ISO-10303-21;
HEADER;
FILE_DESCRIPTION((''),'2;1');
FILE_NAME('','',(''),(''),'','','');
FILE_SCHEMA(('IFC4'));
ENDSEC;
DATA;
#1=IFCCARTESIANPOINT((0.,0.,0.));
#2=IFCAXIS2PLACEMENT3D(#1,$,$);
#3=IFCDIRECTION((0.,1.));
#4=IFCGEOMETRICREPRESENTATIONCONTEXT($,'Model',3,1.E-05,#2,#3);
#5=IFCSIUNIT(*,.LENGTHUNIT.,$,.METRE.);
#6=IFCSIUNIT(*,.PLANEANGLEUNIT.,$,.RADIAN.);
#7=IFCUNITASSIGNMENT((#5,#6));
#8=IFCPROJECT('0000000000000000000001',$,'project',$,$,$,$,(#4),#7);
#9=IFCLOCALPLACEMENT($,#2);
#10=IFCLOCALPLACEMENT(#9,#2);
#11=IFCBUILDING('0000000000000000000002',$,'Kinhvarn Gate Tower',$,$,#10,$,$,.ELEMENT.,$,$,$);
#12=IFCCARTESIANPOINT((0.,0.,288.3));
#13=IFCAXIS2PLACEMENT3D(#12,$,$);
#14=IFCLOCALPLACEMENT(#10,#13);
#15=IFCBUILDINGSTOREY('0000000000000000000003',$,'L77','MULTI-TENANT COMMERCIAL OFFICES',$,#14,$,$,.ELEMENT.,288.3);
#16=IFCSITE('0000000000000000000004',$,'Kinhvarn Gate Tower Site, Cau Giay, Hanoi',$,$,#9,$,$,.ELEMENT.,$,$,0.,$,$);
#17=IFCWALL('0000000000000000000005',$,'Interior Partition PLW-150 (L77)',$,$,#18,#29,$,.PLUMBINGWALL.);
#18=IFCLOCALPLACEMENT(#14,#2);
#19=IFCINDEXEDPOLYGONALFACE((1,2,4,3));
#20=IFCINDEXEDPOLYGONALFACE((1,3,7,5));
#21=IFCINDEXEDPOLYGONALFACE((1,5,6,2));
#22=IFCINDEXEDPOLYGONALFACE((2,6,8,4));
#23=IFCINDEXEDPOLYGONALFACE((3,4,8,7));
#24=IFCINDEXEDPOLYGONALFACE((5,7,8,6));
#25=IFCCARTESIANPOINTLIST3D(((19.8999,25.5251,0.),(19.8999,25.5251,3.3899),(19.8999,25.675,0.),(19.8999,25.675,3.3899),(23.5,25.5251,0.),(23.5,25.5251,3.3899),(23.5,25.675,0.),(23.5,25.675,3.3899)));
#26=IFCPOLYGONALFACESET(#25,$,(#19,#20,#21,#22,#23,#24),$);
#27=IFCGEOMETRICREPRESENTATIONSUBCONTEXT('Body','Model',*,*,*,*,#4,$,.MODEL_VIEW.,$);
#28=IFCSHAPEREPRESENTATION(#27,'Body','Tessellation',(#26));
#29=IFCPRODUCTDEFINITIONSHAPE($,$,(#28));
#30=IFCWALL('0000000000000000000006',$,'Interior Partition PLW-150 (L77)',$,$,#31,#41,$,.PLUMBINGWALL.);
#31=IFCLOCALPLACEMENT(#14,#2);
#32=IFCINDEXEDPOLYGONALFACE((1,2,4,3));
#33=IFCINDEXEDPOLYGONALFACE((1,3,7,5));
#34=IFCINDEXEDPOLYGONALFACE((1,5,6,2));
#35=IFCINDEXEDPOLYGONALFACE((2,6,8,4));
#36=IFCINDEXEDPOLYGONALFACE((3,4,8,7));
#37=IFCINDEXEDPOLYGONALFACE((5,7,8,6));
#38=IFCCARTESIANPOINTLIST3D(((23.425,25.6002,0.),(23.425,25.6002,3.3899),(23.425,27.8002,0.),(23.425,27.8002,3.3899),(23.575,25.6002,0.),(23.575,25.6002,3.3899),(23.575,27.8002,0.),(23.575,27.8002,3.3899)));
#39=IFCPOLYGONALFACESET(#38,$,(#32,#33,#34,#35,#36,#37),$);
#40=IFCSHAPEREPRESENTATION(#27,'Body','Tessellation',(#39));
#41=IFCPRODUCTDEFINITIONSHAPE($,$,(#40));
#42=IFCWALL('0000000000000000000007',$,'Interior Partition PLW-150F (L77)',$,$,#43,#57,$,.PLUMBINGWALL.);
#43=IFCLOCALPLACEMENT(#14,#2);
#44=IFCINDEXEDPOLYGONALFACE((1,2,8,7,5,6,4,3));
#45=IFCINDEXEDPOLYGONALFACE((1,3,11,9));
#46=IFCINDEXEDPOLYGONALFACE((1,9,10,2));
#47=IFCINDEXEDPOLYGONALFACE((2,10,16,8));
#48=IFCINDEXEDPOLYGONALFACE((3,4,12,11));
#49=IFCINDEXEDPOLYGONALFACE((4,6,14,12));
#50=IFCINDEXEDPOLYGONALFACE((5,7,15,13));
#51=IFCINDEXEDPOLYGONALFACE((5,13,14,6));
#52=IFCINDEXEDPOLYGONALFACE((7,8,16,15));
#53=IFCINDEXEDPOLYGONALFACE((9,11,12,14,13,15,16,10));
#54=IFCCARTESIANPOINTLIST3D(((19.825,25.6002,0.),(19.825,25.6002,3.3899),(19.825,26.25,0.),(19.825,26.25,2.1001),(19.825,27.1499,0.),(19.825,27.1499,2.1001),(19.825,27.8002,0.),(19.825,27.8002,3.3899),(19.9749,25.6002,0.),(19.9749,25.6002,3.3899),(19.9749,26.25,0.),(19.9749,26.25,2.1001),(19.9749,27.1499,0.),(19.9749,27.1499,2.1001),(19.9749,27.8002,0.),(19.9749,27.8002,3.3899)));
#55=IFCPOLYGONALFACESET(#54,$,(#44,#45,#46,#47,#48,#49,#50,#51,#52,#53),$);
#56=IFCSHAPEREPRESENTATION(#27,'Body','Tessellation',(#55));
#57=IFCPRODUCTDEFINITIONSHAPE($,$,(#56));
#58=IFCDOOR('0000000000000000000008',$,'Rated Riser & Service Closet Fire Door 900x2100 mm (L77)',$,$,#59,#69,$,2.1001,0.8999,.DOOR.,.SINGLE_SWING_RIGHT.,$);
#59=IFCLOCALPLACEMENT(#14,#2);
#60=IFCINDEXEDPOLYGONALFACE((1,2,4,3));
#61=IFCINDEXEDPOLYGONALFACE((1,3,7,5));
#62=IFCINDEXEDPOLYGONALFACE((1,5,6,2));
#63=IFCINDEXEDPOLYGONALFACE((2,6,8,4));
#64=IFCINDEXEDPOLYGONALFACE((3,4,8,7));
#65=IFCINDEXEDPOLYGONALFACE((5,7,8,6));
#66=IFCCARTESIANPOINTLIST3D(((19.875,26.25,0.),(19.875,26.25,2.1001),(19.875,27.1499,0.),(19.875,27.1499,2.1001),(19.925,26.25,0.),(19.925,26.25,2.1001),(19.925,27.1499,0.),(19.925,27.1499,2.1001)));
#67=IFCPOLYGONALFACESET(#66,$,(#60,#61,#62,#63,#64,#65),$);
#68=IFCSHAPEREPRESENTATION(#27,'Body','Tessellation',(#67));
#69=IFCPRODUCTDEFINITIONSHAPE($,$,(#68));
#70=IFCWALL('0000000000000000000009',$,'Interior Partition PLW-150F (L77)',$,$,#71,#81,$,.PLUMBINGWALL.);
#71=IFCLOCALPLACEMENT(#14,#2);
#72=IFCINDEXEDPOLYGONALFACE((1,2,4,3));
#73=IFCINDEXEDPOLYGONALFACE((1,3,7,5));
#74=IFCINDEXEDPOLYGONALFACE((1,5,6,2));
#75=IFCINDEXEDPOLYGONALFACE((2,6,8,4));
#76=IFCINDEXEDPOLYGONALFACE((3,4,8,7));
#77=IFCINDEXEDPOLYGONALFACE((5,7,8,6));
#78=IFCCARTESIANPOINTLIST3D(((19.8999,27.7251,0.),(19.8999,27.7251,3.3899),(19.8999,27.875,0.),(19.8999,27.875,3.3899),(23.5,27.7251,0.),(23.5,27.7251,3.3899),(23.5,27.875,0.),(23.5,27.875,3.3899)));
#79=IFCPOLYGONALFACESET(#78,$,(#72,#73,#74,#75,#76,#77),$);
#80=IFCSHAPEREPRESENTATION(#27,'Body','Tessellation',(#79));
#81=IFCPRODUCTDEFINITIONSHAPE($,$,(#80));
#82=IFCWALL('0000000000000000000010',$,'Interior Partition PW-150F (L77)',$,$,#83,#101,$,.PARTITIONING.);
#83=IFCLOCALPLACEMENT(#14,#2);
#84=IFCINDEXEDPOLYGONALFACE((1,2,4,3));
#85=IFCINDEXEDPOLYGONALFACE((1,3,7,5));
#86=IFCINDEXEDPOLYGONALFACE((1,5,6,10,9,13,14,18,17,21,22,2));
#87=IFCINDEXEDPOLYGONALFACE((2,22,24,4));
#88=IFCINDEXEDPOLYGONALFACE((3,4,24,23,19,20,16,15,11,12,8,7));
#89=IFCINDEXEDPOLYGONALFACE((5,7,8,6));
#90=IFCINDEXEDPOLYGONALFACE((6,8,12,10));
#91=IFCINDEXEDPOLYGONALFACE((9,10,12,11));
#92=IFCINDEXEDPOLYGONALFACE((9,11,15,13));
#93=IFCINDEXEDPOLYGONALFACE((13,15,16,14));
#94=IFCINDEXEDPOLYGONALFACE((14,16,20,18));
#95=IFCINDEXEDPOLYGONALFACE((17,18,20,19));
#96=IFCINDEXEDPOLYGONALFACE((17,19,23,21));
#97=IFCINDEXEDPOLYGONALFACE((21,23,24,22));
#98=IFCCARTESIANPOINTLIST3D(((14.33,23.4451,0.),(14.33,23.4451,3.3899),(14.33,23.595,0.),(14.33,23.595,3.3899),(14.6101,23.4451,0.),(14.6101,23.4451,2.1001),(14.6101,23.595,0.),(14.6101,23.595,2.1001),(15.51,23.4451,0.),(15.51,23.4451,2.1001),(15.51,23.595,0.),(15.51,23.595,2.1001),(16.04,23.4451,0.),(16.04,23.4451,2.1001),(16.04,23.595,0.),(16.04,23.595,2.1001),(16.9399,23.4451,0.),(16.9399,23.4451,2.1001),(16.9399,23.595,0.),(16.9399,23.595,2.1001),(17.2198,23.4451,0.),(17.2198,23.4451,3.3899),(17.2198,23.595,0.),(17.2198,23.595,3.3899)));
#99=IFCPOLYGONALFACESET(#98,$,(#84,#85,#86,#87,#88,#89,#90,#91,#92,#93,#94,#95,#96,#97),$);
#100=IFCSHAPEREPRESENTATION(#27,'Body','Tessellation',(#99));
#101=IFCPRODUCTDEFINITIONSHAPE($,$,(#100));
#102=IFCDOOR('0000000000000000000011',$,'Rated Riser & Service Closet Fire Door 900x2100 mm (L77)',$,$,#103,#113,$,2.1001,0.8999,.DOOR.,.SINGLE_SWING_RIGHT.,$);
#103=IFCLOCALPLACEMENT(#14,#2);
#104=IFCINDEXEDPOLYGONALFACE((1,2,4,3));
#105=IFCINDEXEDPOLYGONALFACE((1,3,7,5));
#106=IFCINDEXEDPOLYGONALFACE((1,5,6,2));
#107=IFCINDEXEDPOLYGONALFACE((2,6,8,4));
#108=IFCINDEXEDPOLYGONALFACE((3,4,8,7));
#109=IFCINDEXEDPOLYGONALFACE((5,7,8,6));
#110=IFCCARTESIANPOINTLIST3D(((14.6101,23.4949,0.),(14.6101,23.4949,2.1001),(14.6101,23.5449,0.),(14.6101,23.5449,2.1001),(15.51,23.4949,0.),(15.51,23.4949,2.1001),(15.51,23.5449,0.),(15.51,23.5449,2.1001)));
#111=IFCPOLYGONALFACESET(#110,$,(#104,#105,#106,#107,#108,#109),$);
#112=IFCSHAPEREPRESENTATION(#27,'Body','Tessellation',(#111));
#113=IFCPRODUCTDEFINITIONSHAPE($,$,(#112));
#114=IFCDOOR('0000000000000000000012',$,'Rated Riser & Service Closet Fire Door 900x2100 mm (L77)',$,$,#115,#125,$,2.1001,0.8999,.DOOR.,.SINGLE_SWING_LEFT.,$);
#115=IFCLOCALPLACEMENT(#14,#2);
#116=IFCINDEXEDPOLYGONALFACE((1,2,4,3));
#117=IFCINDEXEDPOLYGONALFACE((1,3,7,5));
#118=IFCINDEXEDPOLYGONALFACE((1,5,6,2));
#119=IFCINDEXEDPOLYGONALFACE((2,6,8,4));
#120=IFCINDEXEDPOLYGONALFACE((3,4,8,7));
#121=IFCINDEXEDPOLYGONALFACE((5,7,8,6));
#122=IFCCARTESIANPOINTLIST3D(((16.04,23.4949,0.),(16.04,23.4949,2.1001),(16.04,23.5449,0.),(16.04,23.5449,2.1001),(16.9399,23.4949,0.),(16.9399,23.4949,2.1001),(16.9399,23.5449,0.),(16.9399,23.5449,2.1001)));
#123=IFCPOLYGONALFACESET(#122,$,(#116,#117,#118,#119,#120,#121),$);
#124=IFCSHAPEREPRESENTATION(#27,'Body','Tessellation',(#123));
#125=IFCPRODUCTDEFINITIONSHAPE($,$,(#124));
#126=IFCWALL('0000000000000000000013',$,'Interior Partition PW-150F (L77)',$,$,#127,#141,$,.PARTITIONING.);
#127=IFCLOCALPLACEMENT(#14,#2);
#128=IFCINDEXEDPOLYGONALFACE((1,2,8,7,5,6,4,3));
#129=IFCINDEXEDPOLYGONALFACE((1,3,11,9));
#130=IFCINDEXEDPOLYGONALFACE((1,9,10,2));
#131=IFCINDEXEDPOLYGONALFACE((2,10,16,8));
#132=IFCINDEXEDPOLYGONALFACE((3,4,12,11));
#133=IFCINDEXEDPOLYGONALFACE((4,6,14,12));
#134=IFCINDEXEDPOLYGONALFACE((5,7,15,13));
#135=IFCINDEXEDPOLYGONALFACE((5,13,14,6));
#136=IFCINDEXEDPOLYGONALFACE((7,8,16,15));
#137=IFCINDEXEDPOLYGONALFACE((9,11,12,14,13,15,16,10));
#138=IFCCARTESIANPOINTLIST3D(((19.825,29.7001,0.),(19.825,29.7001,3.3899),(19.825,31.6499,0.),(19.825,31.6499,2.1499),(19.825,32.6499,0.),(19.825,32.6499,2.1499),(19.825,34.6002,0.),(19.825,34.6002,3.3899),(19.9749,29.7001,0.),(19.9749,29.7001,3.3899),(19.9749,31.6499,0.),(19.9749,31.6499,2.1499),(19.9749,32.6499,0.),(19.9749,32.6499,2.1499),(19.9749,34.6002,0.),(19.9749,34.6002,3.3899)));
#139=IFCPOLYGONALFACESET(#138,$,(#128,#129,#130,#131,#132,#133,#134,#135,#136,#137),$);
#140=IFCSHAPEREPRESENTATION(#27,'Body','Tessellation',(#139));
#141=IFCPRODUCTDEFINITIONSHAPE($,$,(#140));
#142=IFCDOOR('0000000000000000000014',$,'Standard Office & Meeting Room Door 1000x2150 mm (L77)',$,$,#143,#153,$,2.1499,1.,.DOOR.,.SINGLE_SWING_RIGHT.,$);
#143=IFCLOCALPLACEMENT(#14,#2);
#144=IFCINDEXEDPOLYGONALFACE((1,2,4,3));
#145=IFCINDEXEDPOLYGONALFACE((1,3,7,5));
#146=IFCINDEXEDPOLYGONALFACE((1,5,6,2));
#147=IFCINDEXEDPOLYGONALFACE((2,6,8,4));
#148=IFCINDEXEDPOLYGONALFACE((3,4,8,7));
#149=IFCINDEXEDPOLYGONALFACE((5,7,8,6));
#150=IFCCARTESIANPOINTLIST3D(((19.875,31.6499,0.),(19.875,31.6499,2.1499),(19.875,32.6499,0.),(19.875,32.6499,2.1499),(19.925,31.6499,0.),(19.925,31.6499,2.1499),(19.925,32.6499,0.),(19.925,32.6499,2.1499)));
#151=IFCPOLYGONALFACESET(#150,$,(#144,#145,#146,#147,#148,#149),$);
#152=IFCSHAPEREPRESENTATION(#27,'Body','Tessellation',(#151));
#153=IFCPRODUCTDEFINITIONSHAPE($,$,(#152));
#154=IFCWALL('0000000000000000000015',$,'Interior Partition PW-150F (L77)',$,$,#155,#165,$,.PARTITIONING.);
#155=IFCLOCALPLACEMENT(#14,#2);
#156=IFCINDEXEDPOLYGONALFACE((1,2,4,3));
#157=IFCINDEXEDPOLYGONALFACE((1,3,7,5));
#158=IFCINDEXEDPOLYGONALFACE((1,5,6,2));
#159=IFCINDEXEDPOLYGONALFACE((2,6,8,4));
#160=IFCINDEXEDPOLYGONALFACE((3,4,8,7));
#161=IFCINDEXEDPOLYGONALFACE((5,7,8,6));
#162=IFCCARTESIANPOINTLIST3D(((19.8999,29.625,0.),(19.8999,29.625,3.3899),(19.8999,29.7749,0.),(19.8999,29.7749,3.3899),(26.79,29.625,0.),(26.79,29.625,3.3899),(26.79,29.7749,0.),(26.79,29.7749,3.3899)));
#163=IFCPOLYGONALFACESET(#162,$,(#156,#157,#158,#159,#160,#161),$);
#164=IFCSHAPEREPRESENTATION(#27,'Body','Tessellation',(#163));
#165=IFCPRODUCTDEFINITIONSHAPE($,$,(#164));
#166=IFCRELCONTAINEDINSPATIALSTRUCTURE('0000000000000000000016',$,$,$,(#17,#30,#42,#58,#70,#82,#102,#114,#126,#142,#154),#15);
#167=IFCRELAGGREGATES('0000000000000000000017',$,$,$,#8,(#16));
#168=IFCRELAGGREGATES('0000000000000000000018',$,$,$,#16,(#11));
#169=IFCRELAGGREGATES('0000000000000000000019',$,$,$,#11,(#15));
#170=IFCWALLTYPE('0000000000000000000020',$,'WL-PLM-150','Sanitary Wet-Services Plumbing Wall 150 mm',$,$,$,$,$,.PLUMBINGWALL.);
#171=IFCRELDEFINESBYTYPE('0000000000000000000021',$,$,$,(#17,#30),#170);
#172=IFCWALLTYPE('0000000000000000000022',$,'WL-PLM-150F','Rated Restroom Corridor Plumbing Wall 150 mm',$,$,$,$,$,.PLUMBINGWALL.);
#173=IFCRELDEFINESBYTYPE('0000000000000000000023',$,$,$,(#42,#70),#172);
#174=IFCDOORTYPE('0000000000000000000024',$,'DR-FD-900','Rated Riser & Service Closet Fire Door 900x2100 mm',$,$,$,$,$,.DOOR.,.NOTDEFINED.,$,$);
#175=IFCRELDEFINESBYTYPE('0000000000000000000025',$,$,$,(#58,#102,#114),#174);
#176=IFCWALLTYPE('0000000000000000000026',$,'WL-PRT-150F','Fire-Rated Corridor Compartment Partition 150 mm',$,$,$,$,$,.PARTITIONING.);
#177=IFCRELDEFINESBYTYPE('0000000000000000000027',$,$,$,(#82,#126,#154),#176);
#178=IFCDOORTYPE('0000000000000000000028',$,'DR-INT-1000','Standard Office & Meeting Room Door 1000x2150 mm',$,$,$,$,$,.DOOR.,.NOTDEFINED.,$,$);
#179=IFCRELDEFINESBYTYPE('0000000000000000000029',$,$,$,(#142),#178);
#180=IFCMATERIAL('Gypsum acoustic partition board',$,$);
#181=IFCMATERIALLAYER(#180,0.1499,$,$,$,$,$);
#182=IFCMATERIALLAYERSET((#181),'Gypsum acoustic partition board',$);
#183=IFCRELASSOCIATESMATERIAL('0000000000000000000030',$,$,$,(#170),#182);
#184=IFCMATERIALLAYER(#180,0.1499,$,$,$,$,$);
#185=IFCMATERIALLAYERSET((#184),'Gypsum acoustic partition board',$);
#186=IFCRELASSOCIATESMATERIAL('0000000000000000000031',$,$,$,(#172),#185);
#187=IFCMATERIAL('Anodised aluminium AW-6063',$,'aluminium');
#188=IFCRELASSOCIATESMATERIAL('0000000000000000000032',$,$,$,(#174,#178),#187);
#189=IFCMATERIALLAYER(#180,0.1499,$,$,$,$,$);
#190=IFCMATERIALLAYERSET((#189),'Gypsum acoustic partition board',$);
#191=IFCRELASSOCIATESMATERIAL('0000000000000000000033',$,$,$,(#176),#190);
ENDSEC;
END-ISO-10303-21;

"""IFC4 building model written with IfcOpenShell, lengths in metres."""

from ifc_helpers import new_model, si_unit, direction, frame, frame_2d, origin, place, context, subcontext, project, spatial, rectangle, extrude, material, layer, layer_set, type_object, element, fill, save


model = new_model("IFC4")

# Units and contexts
model_context = context("Model", 3, precision=1e-05, world=origin(), true_north=direction((0.0, 1.0)))
body_context = subcontext(model_context, "Body", "Model", "MODEL_VIEW")
ifc_project = project(units=[si_unit("LENGTHUNIT", "METRE"), si_unit("PLANEANGLEUNIT", "RADIAN")], contexts=[model_context])

# Site, building, storey
site_placement = place(None, origin())
site = spatial("IfcSite", under=ifc_project, at=site_placement, Name="Kinhvarn Gate Tower Site, Cau Giay, Hanoi", CompositionType="ELEMENT", RefElevation=0.0)
building_placement = place(site_placement, origin())
building = spatial("IfcBuilding", under=site, at=building_placement, Name="Kinhvarn Gate Tower", CompositionType="ELEMENT")
storey_placement = place(building_placement, frame((0.0, 0.0, 288.3)))
storey = spatial("IfcBuildingStorey", under=building, at=storey_placement, Name="L77", Description="MULTI-TENANT COMMERCIAL OFFICES", CompositionType="ELEMENT", Elevation=288.3)

# Shared definitions
ifc_material_1 = material(Name="Anodised aluminium AW-6063", Category="aluminium")

# Walls
ifc_material_2 = material(Name="Gypsum acoustic partition board")
ifc_layer_1 = layer(ifc_material_2, 0.1499)
ifc_layer_set_1 = layer_set([ifc_layer_1], Name="Gypsum acoustic partition board")
wall_type_1 = type_object("IfcWallType", Name="WL-PLM-150", Description="Sanitary Wet-Services Plumbing Wall 150 mm", PredefinedType="PLUMBINGWALL", material=ifc_layer_set_1)
wall_1_placement = place(storey_placement, frame((19.8999, 25.6001, 0.0), z_axis=(0.0, 0.0, 1.0), x_axis=(1.0, 0.0, 0.0)))
element("IfcWall", 1, at=wall_1_placement, inside=storey, type_object=wall_type_1, Name="Interior Partition PLW-150 (L77)", PredefinedType="PLUMBINGWALL", context=body_context, shape_type="SweptSolid", body=[
    extrude(rectangle(XDim=3.6001, YDim=0.1499, at=frame_2d((1.8, 0.0))), origin(), (0.0, 0.0, 1.0), 3.3899),
])
wall_2_placement = place(storey_placement, frame((23.5, 25.6001, 0.0), z_axis=(0.0, 0.0, 1.0), x_axis=(0.0, 1.0, 0.0)))
element("IfcWall", 2, at=wall_2_placement, inside=storey, type_object=wall_type_1, Name="Interior Partition PLW-150 (L77)", PredefinedType="PLUMBINGWALL", context=body_context, shape_type="SweptSolid", body=[
    extrude(rectangle(XDim=2.2, YDim=0.1499, at=frame_2d((1.1001, 0.0))), origin(), (0.0, 0.0, 1.0), 3.3899),
])

# Wall, opening, door
ifc_layer_2 = layer(ifc_material_2, 0.1499)
ifc_layer_set_2 = layer_set([ifc_layer_2], Name="Gypsum acoustic partition board")
wall_type_2 = type_object("IfcWallType", Name="WL-PLM-150F", Description="Rated Restroom Corridor Plumbing Wall 150 mm", PredefinedType="PLUMBINGWALL", material=ifc_layer_set_2)
wall_3_placement = place(storey_placement, frame((19.8999, 25.6001, 0.0), z_axis=(0.0, 0.0, 1.0), x_axis=(0.0, 1.0, 0.0)))
wall_3 = element("IfcWall", 3, at=wall_3_placement, inside=storey, type_object=wall_type_2, Name="Interior Partition PLW-150F (L77)", PredefinedType="PLUMBINGWALL", context=body_context, shape_type="SweptSolid", body=[
    extrude(rectangle(XDim=2.2, YDim=0.1499, at=frame_2d((1.1001, 0.0))), origin(), (0.0, 0.0, 1.0), 3.3899),
])
opening_1_placement = place(wall_3_placement, frame((0.6499, 0.0, 0.0)))
opening_1 = element("IfcOpeningElement", 4, at=opening_1_placement, cuts=wall_3, PredefinedType="OPENING", context=body_context, shape_type="SweptSolid", body=[
    extrude(rectangle(XDim=0.8999, YDim=2.1001, at=frame_2d((0.45, 1.05))), frame((0.0, 0.085, 0.0), z_axis=(0.0, -1.0, 0.0), x_axis=(1.0, 0.0, 0.0)), (0.0, 0.0, 1.0), 0.1699),
])
door_type_1 = type_object("IfcDoorType", Name="DR-FD-900", Description="Rated Riser & Service Closet Fire Door 900x2100 mm", OperationType="NOTDEFINED", PredefinedType="DOOR", material=ifc_material_1)
door_1_placement = place(opening_1_placement, origin())
door_1 = element("IfcDoor", 5, at=door_1_placement, inside=storey, type_object=door_type_1, Name="Rated Riser & Service Closet Fire Door 900x2100 mm (L77)", OperationType="SINGLE_SWING_RIGHT", OverallHeight=2.1001, OverallWidth=0.8999, PredefinedType="DOOR", context=body_context, shape_type="SweptSolid", body=[
    extrude(rectangle(XDim=0.8999, YDim=2.1001, at=frame_2d((0.45, 1.05))), frame((0.0, 0.0249, 0.0), z_axis=(0.0, -1.0, 0.0), x_axis=(1.0, 0.0, 0.0)), (0.0, 0.0, 1.0), 0.05),
])
fill(opening_1, door_1)

# Wall
wall_4_placement = place(storey_placement, frame((19.8999, 27.8, 0.0), z_axis=(0.0, 0.0, 1.0), x_axis=(1.0, 0.0, 0.0)))
element("IfcWall", 6, at=wall_4_placement, inside=storey, type_object=wall_type_2, Name="Interior Partition PLW-150F (L77)", PredefinedType="PLUMBINGWALL", context=body_context, shape_type="SweptSolid", body=[
    extrude(rectangle(XDim=3.6001, YDim=0.1499, at=frame_2d((1.8, 0.0))), origin(), (0.0, 0.0, 1.0), 3.3899),
])

# Wall, openings, doors
ifc_layer_3 = layer(ifc_material_2, 0.1499)
ifc_layer_set_3 = layer_set([ifc_layer_3], Name="Gypsum acoustic partition board")
wall_type_3 = type_object("IfcWallType", Name="WL-PRT-150F", Description="Fire-Rated Corridor Compartment Partition 150 mm", PredefinedType="PARTITIONING", material=ifc_layer_set_3)
wall_5_placement = place(storey_placement, frame((14.3301, 23.52, 0.0), z_axis=(0.0, 0.0, 1.0), x_axis=(1.0, 0.0, 0.0)))
wall_5 = element("IfcWall", 7, at=wall_5_placement, inside=storey, type_object=wall_type_3, Name="Interior Partition PW-150F (L77)", PredefinedType="PARTITIONING", context=body_context, shape_type="SweptSolid", body=[
    extrude(rectangle(XDim=2.8899, YDim=0.1499, at=frame_2d((1.4448, 0.0))), origin(), (0.0, 0.0, 1.0), 3.3899),
])
opening_2_placement = place(wall_5_placement, frame((0.28, 0.0, 0.0)))
opening_2 = element("IfcOpeningElement", 8, at=opening_2_placement, cuts=wall_5, PredefinedType="OPENING", context=body_context, shape_type="SweptSolid", body=[
    extrude(rectangle(XDim=0.8999, YDim=2.1001, at=frame_2d((0.45, 1.05))), frame((0.0, 0.085, 0.0), z_axis=(0.0, -1.0, 0.0), x_axis=(1.0, 0.0, 0.0)), (0.0, 0.0, 1.0), 0.1699),
])
opening_3_placement = place(wall_5_placement, frame((1.71, 0.0, 0.0)))
opening_3 = element("IfcOpeningElement", 9, at=opening_3_placement, cuts=wall_5, PredefinedType="OPENING", context=body_context, shape_type="SweptSolid", body=[
    extrude(rectangle(XDim=0.8999, YDim=2.1001, at=frame_2d((0.45, 1.05))), frame((0.0, 0.085, 0.0), z_axis=(0.0, -1.0, 0.0), x_axis=(1.0, 0.0, 0.0)), (0.0, 0.0, 1.0), 0.1699),
])
door_2_placement = place(opening_2_placement, origin())
door_2 = element("IfcDoor", 10, at=door_2_placement, inside=storey, type_object=door_type_1, Name="Rated Riser & Service Closet Fire Door 900x2100 mm (L77)", OperationType="SINGLE_SWING_RIGHT", OverallHeight=2.1001, OverallWidth=0.8999, PredefinedType="DOOR", context=body_context, shape_type="SweptSolid", body=[
    extrude(rectangle(XDim=0.8999, YDim=2.1001, at=frame_2d((0.45, 1.05))), frame((0.0, 0.0249, 0.0), z_axis=(0.0, -1.0, 0.0), x_axis=(1.0, 0.0, 0.0)), (0.0, 0.0, 1.0), 0.05),
])
fill(opening_2, door_2)
door_3_placement = place(opening_3_placement, origin())
door_3 = element("IfcDoor", 11, at=door_3_placement, inside=storey, type_object=door_type_1, Name="Rated Riser & Service Closet Fire Door 900x2100 mm (L77)", OperationType="SINGLE_SWING_LEFT", OverallHeight=2.1001, OverallWidth=0.8999, PredefinedType="DOOR", context=body_context, shape_type="SweptSolid", body=[
    extrude(rectangle(XDim=0.8999, YDim=2.1001, at=frame_2d((0.45, 1.05))), frame((0.0, 0.0249, 0.0), z_axis=(0.0, -1.0, 0.0), x_axis=(1.0, 0.0, 0.0)), (0.0, 0.0, 1.0), 0.05),
])
fill(opening_3, door_3)

# Wall, opening, door
wall_6_placement = place(storey_placement, frame((19.8999, 29.7, 0.0), z_axis=(0.0, 0.0, 1.0), x_axis=(0.0, 1.0, 0.0)))
wall_6 = element("IfcWall", 12, at=wall_6_placement, inside=storey, type_object=wall_type_3, Name="Interior Partition PW-150F (L77)", PredefinedType="PARTITIONING", context=body_context, shape_type="SweptSolid", body=[
    extrude(rectangle(XDim=4.9001, YDim=0.1499, at=frame_2d((2.4502, 0.0))), origin(), (0.0, 0.0, 1.0), 3.3899),
])
opening_4_placement = place(wall_6_placement, frame((1.95, 0.0, 0.0)))
opening_4 = element("IfcOpeningElement", 13, at=opening_4_placement, cuts=wall_6, PredefinedType="OPENING", context=body_context, shape_type="SweptSolid", body=[
    extrude(rectangle(XDim=1.0, YDim=2.1499, at=frame_2d((0.5, 1.075))), frame((0.0, 0.085, 0.0), z_axis=(0.0, -1.0, 0.0), x_axis=(1.0, 0.0, 0.0)), (0.0, 0.0, 1.0), 0.1699),
])
door_type_2 = type_object("IfcDoorType", Name="DR-INT-1000", Description="Standard Office & Meeting Room Door 1000x2150 mm", OperationType="NOTDEFINED", PredefinedType="DOOR", material=ifc_material_1)
door_4_placement = place(opening_4_placement, origin())
door_4 = element("IfcDoor", 14, at=door_4_placement, inside=storey, type_object=door_type_2, Name="Standard Office & Meeting Room Door 1000x2150 mm (L77)", OperationType="SINGLE_SWING_RIGHT", OverallHeight=2.1499, OverallWidth=1.0, PredefinedType="DOOR", context=body_context, shape_type="SweptSolid", body=[
    extrude(rectangle(XDim=1.0, YDim=2.1499, at=frame_2d((0.5, 1.075))), frame((0.0, 0.0249, 0.0), z_axis=(0.0, -1.0, 0.0), x_axis=(1.0, 0.0, 0.0)), (0.0, 0.0, 1.0), 0.05),
])
fill(opening_4, door_4)

# Wall
wall_7_placement = place(storey_placement, frame((19.8999, 29.7, 0.0), z_axis=(0.0, 0.0, 1.0), x_axis=(1.0, 0.0, 0.0)))
element("IfcWall", 15, at=wall_7_placement, inside=storey, type_object=wall_type_3, Name="Interior Partition PW-150F (L77)", PredefinedType="PARTITIONING", context=body_context, shape_type="SweptSolid", body=[
    extrude(rectangle(XDim=6.8901, YDim=0.1499, at=frame_2d((3.4451, 0.0))), origin(), (0.0, 0.0, 1.0), 3.3899),
])

save(model, "model.ifc")
